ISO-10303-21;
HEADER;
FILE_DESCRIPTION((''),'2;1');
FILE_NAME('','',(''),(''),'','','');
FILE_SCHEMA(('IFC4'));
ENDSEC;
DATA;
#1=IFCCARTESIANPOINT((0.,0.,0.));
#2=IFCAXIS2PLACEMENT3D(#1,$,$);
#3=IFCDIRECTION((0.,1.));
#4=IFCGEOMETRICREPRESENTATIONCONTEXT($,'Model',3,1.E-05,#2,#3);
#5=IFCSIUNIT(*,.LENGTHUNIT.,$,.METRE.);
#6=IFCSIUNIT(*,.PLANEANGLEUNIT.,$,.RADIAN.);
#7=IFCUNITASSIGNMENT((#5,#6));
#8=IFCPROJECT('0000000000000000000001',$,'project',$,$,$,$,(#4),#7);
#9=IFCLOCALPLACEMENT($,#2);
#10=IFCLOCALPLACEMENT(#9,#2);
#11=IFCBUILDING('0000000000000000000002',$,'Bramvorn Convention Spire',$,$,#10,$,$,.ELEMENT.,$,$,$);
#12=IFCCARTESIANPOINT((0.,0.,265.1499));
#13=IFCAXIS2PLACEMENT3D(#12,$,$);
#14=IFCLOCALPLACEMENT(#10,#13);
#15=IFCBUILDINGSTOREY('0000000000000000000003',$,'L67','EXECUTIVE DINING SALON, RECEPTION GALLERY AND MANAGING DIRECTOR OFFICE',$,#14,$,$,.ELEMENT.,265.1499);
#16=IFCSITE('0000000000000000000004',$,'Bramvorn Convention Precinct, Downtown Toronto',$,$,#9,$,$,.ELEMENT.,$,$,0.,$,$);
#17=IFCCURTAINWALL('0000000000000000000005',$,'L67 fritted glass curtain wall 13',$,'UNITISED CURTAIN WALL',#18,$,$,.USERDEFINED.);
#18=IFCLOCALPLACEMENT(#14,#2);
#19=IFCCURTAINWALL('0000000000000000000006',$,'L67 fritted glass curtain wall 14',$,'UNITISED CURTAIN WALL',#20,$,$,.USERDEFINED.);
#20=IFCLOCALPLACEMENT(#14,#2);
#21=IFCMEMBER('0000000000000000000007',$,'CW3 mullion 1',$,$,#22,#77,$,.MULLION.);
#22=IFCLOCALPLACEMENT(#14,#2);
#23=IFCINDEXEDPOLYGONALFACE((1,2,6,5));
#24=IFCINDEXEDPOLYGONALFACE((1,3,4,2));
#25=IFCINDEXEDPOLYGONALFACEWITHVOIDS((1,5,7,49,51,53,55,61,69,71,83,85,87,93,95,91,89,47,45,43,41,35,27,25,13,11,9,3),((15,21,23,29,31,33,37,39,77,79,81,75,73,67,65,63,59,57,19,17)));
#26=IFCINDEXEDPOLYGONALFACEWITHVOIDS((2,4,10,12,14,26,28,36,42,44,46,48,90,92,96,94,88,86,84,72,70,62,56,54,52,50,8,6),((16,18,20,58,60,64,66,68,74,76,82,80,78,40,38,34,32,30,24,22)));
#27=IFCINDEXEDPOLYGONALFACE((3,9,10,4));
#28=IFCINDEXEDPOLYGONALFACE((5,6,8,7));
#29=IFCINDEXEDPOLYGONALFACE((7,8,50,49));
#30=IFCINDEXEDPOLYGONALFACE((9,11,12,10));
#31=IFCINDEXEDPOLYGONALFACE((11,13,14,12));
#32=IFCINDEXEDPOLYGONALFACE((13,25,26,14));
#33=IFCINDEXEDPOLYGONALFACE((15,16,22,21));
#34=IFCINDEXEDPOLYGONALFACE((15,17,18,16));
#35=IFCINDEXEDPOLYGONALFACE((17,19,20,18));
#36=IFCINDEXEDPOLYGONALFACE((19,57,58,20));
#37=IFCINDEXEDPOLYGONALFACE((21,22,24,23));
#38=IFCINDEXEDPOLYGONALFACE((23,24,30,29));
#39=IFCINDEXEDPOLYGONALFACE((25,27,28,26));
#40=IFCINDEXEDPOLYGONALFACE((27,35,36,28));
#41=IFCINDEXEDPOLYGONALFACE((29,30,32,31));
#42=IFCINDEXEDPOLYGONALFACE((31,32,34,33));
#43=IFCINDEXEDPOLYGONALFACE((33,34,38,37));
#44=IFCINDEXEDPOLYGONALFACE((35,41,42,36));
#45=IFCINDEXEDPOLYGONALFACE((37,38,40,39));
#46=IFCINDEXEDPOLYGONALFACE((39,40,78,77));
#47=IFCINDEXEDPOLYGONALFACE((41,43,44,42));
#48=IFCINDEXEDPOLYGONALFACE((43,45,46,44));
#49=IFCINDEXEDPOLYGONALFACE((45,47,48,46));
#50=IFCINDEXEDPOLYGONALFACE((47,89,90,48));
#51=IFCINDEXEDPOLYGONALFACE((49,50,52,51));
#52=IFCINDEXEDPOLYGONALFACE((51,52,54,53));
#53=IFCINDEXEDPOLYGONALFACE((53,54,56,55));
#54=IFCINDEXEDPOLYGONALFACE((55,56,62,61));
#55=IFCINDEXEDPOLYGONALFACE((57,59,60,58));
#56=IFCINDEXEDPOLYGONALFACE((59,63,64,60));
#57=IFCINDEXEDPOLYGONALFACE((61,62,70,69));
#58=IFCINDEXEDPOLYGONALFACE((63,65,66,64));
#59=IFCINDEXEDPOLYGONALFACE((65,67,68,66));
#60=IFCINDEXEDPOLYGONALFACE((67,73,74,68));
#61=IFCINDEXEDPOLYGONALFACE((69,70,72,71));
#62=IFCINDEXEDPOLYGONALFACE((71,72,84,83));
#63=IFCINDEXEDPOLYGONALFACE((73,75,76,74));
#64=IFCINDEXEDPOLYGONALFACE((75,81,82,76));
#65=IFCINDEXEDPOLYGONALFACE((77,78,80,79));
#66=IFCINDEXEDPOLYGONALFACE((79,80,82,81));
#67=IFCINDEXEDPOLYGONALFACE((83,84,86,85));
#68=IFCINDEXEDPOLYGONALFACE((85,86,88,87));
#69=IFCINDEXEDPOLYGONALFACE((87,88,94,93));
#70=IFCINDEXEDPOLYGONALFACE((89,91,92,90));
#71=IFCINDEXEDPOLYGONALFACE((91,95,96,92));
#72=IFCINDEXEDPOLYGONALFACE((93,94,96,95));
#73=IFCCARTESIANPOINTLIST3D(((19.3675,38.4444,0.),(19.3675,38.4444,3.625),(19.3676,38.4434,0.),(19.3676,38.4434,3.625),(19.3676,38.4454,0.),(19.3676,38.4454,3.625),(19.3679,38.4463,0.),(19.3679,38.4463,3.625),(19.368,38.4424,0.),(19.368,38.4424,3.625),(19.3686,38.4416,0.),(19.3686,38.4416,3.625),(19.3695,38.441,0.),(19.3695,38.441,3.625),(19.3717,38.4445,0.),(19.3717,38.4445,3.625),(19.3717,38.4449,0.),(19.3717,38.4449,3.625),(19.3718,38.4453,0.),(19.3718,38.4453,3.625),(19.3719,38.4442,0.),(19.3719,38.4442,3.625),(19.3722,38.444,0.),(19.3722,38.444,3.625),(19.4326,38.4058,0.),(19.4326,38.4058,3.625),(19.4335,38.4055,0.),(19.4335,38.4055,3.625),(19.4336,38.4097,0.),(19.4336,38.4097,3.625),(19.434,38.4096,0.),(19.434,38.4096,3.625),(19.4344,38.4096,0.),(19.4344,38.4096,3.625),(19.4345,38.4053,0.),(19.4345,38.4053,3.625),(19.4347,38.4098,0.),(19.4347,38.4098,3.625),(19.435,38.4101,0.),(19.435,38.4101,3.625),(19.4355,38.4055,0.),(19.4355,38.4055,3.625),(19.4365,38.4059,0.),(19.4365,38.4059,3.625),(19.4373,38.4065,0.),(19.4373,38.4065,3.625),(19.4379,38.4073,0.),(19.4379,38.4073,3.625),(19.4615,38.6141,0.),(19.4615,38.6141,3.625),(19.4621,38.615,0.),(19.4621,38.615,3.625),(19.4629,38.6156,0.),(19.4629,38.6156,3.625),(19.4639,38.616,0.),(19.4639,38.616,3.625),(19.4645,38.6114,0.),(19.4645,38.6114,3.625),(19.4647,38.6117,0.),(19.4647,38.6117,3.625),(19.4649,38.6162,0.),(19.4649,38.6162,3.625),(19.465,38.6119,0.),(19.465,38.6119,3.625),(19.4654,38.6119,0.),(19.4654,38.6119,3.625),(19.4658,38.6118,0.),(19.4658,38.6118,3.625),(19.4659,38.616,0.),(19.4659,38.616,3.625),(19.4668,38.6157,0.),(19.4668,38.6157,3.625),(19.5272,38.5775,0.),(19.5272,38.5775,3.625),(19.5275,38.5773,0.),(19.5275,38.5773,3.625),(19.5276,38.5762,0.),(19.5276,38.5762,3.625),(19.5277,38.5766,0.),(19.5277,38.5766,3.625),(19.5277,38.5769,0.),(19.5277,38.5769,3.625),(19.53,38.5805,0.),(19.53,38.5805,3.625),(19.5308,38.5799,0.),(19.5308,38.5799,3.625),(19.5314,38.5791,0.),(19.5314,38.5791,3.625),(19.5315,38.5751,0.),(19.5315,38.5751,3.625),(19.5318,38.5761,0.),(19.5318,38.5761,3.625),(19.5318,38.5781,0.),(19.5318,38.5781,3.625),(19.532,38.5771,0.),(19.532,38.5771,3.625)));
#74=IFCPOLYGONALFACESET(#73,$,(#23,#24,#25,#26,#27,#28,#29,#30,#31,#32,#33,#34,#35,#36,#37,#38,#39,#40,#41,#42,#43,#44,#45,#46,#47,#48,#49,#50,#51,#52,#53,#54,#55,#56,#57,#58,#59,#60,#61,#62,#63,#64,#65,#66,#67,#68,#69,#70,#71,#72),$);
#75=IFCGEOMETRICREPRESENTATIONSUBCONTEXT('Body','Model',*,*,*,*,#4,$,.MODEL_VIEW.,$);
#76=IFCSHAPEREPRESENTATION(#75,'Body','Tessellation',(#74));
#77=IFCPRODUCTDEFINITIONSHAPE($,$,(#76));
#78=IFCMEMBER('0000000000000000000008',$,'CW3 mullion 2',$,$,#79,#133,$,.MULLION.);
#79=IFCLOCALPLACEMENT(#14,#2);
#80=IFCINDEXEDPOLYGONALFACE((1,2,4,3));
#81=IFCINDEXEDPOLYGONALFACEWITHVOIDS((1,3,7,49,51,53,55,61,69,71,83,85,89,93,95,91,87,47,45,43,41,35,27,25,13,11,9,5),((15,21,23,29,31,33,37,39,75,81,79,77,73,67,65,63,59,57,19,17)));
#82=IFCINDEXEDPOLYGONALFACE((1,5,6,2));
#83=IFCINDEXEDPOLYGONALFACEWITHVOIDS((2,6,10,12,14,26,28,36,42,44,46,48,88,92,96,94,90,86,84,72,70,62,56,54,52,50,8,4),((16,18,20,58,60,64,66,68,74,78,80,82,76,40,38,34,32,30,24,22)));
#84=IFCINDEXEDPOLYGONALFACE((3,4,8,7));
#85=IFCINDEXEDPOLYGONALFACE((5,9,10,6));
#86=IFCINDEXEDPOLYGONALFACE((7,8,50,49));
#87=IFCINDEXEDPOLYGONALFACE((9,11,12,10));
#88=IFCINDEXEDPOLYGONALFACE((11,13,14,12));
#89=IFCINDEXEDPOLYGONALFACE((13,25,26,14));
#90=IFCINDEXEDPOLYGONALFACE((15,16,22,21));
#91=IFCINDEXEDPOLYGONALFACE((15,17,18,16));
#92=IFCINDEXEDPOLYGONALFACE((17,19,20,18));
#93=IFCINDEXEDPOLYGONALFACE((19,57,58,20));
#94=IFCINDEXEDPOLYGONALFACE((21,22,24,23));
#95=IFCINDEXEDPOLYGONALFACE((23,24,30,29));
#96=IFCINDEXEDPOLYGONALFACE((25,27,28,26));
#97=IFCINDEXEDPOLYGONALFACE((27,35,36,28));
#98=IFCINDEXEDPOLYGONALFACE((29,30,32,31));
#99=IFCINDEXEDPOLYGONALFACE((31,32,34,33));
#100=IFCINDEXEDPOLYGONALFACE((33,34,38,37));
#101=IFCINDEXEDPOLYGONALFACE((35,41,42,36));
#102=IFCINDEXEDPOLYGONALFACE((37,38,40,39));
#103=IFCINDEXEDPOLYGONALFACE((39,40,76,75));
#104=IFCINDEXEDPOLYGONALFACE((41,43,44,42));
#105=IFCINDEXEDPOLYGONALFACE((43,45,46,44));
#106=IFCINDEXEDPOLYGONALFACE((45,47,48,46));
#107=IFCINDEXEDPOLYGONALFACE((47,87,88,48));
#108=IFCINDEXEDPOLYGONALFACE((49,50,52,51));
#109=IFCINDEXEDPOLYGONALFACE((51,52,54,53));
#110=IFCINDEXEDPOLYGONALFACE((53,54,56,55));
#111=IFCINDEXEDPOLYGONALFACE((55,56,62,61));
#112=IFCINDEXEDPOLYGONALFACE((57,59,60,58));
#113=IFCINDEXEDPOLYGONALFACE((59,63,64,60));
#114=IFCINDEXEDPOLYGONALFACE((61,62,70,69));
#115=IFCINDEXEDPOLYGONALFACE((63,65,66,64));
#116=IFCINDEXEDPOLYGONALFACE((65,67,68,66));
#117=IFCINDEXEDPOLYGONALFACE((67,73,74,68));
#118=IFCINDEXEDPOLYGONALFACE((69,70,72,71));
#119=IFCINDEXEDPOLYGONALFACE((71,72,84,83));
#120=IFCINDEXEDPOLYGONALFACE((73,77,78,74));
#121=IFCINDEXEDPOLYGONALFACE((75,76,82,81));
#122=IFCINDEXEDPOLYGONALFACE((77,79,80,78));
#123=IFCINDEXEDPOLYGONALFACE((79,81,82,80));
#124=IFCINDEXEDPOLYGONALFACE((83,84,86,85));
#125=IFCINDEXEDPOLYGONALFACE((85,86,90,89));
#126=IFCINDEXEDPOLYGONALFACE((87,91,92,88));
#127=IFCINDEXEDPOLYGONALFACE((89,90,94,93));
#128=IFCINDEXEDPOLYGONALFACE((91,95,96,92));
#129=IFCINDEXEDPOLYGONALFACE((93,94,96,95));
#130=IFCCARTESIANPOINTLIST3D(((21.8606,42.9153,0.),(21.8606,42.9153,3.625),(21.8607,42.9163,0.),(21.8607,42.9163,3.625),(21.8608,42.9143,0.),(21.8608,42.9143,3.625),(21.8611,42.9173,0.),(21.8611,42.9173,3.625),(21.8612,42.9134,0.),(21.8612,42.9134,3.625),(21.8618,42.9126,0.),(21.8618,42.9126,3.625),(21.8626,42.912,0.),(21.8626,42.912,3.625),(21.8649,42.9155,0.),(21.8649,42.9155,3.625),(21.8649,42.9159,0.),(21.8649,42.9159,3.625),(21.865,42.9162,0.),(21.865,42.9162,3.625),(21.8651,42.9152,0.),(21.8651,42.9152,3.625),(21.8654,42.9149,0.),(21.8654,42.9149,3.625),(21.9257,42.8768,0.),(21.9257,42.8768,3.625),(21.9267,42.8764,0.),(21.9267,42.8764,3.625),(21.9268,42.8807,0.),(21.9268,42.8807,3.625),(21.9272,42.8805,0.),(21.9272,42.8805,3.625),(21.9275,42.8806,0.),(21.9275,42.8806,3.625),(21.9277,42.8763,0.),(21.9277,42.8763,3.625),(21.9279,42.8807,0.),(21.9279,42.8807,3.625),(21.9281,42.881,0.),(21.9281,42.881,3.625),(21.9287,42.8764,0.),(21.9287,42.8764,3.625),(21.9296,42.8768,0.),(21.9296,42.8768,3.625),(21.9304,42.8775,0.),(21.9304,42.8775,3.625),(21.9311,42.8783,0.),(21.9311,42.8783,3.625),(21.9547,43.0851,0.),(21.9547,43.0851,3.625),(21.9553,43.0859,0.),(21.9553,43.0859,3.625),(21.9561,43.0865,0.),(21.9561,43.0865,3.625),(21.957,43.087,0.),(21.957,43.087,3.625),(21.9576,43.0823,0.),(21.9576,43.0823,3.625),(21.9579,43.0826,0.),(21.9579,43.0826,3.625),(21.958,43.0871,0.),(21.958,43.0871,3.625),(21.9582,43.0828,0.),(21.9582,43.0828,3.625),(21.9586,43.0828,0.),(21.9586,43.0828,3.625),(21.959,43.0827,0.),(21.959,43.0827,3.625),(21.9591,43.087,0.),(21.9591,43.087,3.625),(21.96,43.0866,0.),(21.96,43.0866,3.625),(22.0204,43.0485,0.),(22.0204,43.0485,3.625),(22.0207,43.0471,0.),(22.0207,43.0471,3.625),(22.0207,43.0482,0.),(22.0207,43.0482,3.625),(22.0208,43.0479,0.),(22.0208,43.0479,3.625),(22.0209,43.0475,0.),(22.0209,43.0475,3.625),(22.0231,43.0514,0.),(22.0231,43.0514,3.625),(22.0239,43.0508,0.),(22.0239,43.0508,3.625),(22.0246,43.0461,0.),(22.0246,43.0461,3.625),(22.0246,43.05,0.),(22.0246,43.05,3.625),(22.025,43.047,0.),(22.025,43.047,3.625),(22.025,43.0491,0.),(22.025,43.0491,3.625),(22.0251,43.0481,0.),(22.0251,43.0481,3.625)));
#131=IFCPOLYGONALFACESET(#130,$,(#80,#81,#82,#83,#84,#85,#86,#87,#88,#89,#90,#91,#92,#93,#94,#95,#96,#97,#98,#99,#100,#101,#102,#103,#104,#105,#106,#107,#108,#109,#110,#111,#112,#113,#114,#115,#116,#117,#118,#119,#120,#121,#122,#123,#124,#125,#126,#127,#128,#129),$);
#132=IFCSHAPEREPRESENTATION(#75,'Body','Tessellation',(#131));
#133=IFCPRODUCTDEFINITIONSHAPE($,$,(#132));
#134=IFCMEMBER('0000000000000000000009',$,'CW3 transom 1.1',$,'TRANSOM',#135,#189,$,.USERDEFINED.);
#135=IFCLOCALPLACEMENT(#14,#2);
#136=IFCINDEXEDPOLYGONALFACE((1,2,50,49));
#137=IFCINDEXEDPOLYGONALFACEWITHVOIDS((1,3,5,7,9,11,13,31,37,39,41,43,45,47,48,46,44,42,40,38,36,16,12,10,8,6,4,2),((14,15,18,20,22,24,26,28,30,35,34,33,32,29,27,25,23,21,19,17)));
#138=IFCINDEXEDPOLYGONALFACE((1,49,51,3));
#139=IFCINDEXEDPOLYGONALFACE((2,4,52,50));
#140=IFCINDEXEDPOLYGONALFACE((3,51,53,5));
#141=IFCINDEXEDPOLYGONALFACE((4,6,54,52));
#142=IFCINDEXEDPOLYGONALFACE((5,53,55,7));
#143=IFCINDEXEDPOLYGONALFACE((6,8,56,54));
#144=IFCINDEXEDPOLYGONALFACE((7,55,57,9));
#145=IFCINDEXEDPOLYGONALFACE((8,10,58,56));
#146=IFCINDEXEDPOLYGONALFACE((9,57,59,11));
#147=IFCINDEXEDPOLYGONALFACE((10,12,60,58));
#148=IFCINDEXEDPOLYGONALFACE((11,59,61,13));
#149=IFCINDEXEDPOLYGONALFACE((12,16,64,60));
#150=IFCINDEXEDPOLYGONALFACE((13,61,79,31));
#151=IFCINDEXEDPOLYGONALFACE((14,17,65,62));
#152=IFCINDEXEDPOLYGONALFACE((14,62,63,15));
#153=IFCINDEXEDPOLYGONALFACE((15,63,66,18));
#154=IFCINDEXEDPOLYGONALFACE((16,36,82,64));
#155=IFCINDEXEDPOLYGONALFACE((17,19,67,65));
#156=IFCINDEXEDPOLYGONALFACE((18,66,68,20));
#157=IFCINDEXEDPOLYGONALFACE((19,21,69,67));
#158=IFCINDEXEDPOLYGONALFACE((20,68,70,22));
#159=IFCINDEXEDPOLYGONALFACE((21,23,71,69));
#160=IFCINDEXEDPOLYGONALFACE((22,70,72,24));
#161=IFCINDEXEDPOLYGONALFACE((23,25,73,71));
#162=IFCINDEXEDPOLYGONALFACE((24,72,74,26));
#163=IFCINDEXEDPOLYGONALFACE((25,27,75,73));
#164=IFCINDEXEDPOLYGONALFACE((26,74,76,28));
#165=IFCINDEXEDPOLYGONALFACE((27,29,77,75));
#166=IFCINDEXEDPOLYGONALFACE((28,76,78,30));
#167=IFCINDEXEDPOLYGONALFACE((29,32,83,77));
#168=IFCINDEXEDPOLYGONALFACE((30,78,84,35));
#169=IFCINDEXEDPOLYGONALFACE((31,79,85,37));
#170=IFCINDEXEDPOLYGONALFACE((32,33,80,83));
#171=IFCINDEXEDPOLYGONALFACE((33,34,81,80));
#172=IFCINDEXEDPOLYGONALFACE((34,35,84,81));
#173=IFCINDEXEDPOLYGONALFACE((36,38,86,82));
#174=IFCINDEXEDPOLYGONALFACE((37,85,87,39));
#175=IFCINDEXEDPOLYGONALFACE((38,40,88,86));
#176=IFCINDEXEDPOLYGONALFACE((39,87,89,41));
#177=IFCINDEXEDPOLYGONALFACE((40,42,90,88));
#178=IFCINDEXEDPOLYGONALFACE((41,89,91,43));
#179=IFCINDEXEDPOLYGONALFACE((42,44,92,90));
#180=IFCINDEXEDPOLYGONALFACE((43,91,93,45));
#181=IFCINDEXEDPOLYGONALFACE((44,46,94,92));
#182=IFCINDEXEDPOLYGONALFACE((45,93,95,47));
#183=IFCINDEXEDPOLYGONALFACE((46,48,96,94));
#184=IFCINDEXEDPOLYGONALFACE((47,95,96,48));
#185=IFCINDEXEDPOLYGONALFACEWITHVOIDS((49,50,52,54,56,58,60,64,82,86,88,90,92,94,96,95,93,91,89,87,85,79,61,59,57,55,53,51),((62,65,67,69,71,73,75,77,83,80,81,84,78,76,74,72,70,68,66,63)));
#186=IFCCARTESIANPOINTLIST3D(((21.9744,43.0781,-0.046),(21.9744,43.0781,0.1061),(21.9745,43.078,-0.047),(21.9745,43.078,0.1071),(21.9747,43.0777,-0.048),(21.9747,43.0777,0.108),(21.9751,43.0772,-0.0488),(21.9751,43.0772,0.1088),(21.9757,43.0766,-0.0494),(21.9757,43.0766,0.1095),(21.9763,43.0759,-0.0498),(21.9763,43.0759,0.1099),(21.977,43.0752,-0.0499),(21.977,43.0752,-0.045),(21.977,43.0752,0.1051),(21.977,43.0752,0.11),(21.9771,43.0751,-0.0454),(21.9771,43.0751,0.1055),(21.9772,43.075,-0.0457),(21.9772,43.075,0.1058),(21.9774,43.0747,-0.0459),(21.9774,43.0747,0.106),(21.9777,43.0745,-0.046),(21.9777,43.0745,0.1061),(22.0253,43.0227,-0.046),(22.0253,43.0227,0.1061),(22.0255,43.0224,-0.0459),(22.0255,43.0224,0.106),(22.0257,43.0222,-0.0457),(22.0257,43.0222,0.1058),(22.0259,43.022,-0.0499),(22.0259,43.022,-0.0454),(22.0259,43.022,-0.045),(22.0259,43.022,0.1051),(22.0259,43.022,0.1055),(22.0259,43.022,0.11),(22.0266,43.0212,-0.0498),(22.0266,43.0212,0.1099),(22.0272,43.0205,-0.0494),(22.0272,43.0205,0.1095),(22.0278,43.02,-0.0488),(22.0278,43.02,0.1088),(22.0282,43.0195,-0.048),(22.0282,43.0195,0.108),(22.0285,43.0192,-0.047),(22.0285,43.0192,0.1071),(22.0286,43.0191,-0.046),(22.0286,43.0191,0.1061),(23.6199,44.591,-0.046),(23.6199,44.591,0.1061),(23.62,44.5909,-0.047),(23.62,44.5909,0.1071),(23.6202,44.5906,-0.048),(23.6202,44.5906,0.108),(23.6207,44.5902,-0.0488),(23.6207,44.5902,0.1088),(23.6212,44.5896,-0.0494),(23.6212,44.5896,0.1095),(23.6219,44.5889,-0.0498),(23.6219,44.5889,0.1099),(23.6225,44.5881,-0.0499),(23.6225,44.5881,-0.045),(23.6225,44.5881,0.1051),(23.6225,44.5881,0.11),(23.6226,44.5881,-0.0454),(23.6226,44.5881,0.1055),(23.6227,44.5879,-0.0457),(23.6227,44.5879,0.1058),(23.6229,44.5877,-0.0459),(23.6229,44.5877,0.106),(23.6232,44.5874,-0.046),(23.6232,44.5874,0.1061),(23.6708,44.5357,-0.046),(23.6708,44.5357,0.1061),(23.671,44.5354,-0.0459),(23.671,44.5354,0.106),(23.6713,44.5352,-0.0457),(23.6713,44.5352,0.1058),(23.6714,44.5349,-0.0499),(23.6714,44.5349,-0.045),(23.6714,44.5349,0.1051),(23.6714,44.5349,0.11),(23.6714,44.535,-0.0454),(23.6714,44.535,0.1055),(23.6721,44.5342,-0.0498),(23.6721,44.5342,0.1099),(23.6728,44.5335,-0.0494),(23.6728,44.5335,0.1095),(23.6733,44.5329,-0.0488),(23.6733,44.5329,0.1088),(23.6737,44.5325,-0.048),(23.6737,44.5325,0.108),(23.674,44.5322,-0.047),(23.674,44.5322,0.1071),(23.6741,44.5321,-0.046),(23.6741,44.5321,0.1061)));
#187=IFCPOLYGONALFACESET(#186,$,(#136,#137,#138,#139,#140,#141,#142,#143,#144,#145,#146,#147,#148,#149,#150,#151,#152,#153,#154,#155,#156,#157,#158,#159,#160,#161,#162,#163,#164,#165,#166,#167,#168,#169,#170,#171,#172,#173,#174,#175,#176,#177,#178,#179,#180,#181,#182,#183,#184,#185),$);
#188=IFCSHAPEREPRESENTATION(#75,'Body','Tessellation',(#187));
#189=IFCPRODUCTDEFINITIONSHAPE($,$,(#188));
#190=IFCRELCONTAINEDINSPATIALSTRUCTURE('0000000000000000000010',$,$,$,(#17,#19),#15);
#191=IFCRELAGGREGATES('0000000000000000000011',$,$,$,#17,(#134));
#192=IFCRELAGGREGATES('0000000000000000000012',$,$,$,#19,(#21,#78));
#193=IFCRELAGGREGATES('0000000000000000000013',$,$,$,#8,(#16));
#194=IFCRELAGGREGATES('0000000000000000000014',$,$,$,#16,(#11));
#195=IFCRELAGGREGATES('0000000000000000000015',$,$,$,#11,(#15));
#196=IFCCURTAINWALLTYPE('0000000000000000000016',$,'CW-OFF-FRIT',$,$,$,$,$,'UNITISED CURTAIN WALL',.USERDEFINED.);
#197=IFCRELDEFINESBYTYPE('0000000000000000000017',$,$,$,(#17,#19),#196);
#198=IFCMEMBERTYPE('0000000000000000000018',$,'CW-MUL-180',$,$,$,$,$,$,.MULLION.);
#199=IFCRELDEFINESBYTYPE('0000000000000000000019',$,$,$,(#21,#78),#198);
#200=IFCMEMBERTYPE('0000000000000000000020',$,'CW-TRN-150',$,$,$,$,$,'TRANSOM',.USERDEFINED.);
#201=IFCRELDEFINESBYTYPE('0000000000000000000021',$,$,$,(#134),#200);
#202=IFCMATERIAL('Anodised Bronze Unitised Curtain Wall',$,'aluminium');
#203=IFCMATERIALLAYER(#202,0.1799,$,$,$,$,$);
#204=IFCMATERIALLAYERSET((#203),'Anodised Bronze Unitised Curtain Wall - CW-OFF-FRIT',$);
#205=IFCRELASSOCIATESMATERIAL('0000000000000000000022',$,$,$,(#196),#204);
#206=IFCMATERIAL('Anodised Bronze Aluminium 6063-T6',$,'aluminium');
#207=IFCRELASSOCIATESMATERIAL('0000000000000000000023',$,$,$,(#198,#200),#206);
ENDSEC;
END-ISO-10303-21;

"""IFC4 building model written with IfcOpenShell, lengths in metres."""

from ifc_helpers import new_model, si_unit, direction, frame, origin, origin_2d, place, context, subcontext, project, spatial, hollow_rectangle, extrude, material, layer, layer_set, material_profile, profile_set, type_object, element, aggregate, save


model = new_model("IFC4")

# Units and contexts
model_context = context("Model", 3, precision=1e-05, world=origin(), true_north=direction((0.0, 1.0)))
body_context = subcontext(model_context, "Body", "Model", "MODEL_VIEW")
ifc_project = project(units=[si_unit("LENGTHUNIT", "METRE"), si_unit("PLANEANGLEUNIT", "RADIAN")], contexts=[model_context])

# Site, building, storey
site_placement = place(None, origin())
site = spatial("IfcSite", under=ifc_project, at=site_placement, Name="Bramvorn Convention Precinct, Downtown Toronto", CompositionType="ELEMENT", RefElevation=0.0)
building_placement = place(site_placement, origin())
building = spatial("IfcBuilding", under=site, at=building_placement, Name="Bramvorn Convention Spire", CompositionType="ELEMENT")
storey_placement = place(building_placement, frame((0.0, 0.0, 265.1499)))
storey = spatial("IfcBuildingStorey", under=building, at=storey_placement, Name="L67", Description="EXECUTIVE DINING SALON, RECEPTION GALLERY AND MANAGING DIRECTOR OFFICE", CompositionType="ELEMENT", Elevation=265.1499)

# Curtain walls, members
ifc_material_1 = material(Name="Anodised Bronze Unitised Curtain Wall", Category="aluminium")
ifc_layer_1 = layer(ifc_material_1, 0.1799)
ifc_layer_set_1 = layer_set([ifc_layer_1], Name="Anodised Bronze Unitised Curtain Wall - CW-OFF-FRIT")
curtain_wall_type = type_object("IfcCurtainWallType", Name="CW-OFF-FRIT", ElementType="UNITISED CURTAIN WALL", PredefinedType="USERDEFINED", material=ifc_layer_set_1)
curtain_wall_1_placement = place(storey_placement, origin())
curtain_wall_1 = element("IfcCurtainWall", 1, at=curtain_wall_1_placement, inside=storey, type_object=curtain_wall_type, Name="L67 fritted glass curtain wall 13", ObjectType="UNITISED CURTAIN WALL", PredefinedType="USERDEFINED")
ifc_material_2 = material(Name="Anodised Bronze Aluminium 6063-T6", Category="aluminium")
ifc_material_profile_1 = material_profile(ifc_material_2, hollow_rectangle(XDim=0.0801, YDim=0.2, WallThickness=0.0039, InnerFilletRadius=0.001, OuterFilletRadius=0.0039, at=origin_2d()))
ifc_profile_set_1 = profile_set([ifc_material_profile_1], Name="Anodised Bronze Aluminium 6063-T6 - CWM80X200")
member_type_1 = type_object("IfcMemberType", Name="CW-MUL-180", PredefinedType="MULLION", material=ifc_profile_set_1)
curtain_wall_2_placement = place(storey_placement, origin())
curtain_wall_2 = element("IfcCurtainWall", 2, at=curtain_wall_2_placement, inside=storey, type_object=curtain_wall_type, Name="L67 fritted glass curtain wall 14", ObjectType="UNITISED CURTAIN WALL", PredefinedType="USERDEFINED")
member_1_placement = place(storey_placement, frame((19.4497, 38.5107, 0.0), z_axis=(0.0, 0.0, 1.0), x_axis=(-0.873386, 0.487029, 0.0)))
member_1 = element("IfcMember", 3, at=member_1_placement, type_object=member_type_1, Name="CW3 mullion 1", PredefinedType="MULLION", context=body_context, shape_type="SweptSolid", body=[
    extrude(hollow_rectangle(XDim=0.0801, YDim=0.2, WallThickness=0.0039, InnerFilletRadius=0.001, OuterFilletRadius=0.0039, at=origin_2d()), origin(), (0.0, 0.0, 1.0), 3.625),
])
member_2_placement = place(storey_placement, frame((21.9429, 42.9817, 0.0), z_axis=(0.0, 0.0, 1.0), x_axis=(-0.873386, 0.487029, 0.0)))
member_2 = element("IfcMember", 4, at=member_2_placement, type_object=member_type_1, Name="CW3 mullion 2", PredefinedType="MULLION", context=body_context, shape_type="SweptSolid", body=[
    extrude(hollow_rectangle(XDim=0.0801, YDim=0.2, WallThickness=0.0039, InnerFilletRadius=0.001, OuterFilletRadius=0.0039, at=origin_2d()), origin(), (0.0, 0.0, 1.0), 3.625),
])

# Member
ifc_material_profile_2 = material_profile(ifc_material_2, hollow_rectangle(XDim=0.0801, YDim=0.1599, WallThickness=0.0039, InnerFilletRadius=0.001, OuterFilletRadius=0.0039, at=origin_2d()))
ifc_profile_set_2 = profile_set([ifc_material_profile_2], Name="Anodised Bronze Aluminium 6063-T6 - CWT80X160")
member_type_2 = type_object("IfcMemberType", Name="CW-TRN-150", ElementType="TRANSOM", PredefinedType="USERDEFINED", material=ifc_profile_set_2)
member_3_placement = place(storey_placement, frame((22.0015, 43.0486, 0.03), z_axis=(0.736138, 0.676832, 0.0), x_axis=(-0.676832, 0.736138, 0.0)))
member_3 = element("IfcMember", 5, at=member_3_placement, type_object=member_type_2, Name="CW3 transom 1.1", ObjectType="TRANSOM", PredefinedType="USERDEFINED", context=body_context, shape_type="SweptSolid", body=[
    extrude(hollow_rectangle(XDim=0.0801, YDim=0.1599, WallThickness=0.0039, InnerFilletRadius=0.001, OuterFilletRadius=0.0039, at=origin_2d()), origin(), (0.0, 0.0, 1.0), 2.2354),
])

aggregate(curtain_wall_1, [member_3])
aggregate(curtain_wall_2, [member_1, member_2])

save(model, "model.ifc")
